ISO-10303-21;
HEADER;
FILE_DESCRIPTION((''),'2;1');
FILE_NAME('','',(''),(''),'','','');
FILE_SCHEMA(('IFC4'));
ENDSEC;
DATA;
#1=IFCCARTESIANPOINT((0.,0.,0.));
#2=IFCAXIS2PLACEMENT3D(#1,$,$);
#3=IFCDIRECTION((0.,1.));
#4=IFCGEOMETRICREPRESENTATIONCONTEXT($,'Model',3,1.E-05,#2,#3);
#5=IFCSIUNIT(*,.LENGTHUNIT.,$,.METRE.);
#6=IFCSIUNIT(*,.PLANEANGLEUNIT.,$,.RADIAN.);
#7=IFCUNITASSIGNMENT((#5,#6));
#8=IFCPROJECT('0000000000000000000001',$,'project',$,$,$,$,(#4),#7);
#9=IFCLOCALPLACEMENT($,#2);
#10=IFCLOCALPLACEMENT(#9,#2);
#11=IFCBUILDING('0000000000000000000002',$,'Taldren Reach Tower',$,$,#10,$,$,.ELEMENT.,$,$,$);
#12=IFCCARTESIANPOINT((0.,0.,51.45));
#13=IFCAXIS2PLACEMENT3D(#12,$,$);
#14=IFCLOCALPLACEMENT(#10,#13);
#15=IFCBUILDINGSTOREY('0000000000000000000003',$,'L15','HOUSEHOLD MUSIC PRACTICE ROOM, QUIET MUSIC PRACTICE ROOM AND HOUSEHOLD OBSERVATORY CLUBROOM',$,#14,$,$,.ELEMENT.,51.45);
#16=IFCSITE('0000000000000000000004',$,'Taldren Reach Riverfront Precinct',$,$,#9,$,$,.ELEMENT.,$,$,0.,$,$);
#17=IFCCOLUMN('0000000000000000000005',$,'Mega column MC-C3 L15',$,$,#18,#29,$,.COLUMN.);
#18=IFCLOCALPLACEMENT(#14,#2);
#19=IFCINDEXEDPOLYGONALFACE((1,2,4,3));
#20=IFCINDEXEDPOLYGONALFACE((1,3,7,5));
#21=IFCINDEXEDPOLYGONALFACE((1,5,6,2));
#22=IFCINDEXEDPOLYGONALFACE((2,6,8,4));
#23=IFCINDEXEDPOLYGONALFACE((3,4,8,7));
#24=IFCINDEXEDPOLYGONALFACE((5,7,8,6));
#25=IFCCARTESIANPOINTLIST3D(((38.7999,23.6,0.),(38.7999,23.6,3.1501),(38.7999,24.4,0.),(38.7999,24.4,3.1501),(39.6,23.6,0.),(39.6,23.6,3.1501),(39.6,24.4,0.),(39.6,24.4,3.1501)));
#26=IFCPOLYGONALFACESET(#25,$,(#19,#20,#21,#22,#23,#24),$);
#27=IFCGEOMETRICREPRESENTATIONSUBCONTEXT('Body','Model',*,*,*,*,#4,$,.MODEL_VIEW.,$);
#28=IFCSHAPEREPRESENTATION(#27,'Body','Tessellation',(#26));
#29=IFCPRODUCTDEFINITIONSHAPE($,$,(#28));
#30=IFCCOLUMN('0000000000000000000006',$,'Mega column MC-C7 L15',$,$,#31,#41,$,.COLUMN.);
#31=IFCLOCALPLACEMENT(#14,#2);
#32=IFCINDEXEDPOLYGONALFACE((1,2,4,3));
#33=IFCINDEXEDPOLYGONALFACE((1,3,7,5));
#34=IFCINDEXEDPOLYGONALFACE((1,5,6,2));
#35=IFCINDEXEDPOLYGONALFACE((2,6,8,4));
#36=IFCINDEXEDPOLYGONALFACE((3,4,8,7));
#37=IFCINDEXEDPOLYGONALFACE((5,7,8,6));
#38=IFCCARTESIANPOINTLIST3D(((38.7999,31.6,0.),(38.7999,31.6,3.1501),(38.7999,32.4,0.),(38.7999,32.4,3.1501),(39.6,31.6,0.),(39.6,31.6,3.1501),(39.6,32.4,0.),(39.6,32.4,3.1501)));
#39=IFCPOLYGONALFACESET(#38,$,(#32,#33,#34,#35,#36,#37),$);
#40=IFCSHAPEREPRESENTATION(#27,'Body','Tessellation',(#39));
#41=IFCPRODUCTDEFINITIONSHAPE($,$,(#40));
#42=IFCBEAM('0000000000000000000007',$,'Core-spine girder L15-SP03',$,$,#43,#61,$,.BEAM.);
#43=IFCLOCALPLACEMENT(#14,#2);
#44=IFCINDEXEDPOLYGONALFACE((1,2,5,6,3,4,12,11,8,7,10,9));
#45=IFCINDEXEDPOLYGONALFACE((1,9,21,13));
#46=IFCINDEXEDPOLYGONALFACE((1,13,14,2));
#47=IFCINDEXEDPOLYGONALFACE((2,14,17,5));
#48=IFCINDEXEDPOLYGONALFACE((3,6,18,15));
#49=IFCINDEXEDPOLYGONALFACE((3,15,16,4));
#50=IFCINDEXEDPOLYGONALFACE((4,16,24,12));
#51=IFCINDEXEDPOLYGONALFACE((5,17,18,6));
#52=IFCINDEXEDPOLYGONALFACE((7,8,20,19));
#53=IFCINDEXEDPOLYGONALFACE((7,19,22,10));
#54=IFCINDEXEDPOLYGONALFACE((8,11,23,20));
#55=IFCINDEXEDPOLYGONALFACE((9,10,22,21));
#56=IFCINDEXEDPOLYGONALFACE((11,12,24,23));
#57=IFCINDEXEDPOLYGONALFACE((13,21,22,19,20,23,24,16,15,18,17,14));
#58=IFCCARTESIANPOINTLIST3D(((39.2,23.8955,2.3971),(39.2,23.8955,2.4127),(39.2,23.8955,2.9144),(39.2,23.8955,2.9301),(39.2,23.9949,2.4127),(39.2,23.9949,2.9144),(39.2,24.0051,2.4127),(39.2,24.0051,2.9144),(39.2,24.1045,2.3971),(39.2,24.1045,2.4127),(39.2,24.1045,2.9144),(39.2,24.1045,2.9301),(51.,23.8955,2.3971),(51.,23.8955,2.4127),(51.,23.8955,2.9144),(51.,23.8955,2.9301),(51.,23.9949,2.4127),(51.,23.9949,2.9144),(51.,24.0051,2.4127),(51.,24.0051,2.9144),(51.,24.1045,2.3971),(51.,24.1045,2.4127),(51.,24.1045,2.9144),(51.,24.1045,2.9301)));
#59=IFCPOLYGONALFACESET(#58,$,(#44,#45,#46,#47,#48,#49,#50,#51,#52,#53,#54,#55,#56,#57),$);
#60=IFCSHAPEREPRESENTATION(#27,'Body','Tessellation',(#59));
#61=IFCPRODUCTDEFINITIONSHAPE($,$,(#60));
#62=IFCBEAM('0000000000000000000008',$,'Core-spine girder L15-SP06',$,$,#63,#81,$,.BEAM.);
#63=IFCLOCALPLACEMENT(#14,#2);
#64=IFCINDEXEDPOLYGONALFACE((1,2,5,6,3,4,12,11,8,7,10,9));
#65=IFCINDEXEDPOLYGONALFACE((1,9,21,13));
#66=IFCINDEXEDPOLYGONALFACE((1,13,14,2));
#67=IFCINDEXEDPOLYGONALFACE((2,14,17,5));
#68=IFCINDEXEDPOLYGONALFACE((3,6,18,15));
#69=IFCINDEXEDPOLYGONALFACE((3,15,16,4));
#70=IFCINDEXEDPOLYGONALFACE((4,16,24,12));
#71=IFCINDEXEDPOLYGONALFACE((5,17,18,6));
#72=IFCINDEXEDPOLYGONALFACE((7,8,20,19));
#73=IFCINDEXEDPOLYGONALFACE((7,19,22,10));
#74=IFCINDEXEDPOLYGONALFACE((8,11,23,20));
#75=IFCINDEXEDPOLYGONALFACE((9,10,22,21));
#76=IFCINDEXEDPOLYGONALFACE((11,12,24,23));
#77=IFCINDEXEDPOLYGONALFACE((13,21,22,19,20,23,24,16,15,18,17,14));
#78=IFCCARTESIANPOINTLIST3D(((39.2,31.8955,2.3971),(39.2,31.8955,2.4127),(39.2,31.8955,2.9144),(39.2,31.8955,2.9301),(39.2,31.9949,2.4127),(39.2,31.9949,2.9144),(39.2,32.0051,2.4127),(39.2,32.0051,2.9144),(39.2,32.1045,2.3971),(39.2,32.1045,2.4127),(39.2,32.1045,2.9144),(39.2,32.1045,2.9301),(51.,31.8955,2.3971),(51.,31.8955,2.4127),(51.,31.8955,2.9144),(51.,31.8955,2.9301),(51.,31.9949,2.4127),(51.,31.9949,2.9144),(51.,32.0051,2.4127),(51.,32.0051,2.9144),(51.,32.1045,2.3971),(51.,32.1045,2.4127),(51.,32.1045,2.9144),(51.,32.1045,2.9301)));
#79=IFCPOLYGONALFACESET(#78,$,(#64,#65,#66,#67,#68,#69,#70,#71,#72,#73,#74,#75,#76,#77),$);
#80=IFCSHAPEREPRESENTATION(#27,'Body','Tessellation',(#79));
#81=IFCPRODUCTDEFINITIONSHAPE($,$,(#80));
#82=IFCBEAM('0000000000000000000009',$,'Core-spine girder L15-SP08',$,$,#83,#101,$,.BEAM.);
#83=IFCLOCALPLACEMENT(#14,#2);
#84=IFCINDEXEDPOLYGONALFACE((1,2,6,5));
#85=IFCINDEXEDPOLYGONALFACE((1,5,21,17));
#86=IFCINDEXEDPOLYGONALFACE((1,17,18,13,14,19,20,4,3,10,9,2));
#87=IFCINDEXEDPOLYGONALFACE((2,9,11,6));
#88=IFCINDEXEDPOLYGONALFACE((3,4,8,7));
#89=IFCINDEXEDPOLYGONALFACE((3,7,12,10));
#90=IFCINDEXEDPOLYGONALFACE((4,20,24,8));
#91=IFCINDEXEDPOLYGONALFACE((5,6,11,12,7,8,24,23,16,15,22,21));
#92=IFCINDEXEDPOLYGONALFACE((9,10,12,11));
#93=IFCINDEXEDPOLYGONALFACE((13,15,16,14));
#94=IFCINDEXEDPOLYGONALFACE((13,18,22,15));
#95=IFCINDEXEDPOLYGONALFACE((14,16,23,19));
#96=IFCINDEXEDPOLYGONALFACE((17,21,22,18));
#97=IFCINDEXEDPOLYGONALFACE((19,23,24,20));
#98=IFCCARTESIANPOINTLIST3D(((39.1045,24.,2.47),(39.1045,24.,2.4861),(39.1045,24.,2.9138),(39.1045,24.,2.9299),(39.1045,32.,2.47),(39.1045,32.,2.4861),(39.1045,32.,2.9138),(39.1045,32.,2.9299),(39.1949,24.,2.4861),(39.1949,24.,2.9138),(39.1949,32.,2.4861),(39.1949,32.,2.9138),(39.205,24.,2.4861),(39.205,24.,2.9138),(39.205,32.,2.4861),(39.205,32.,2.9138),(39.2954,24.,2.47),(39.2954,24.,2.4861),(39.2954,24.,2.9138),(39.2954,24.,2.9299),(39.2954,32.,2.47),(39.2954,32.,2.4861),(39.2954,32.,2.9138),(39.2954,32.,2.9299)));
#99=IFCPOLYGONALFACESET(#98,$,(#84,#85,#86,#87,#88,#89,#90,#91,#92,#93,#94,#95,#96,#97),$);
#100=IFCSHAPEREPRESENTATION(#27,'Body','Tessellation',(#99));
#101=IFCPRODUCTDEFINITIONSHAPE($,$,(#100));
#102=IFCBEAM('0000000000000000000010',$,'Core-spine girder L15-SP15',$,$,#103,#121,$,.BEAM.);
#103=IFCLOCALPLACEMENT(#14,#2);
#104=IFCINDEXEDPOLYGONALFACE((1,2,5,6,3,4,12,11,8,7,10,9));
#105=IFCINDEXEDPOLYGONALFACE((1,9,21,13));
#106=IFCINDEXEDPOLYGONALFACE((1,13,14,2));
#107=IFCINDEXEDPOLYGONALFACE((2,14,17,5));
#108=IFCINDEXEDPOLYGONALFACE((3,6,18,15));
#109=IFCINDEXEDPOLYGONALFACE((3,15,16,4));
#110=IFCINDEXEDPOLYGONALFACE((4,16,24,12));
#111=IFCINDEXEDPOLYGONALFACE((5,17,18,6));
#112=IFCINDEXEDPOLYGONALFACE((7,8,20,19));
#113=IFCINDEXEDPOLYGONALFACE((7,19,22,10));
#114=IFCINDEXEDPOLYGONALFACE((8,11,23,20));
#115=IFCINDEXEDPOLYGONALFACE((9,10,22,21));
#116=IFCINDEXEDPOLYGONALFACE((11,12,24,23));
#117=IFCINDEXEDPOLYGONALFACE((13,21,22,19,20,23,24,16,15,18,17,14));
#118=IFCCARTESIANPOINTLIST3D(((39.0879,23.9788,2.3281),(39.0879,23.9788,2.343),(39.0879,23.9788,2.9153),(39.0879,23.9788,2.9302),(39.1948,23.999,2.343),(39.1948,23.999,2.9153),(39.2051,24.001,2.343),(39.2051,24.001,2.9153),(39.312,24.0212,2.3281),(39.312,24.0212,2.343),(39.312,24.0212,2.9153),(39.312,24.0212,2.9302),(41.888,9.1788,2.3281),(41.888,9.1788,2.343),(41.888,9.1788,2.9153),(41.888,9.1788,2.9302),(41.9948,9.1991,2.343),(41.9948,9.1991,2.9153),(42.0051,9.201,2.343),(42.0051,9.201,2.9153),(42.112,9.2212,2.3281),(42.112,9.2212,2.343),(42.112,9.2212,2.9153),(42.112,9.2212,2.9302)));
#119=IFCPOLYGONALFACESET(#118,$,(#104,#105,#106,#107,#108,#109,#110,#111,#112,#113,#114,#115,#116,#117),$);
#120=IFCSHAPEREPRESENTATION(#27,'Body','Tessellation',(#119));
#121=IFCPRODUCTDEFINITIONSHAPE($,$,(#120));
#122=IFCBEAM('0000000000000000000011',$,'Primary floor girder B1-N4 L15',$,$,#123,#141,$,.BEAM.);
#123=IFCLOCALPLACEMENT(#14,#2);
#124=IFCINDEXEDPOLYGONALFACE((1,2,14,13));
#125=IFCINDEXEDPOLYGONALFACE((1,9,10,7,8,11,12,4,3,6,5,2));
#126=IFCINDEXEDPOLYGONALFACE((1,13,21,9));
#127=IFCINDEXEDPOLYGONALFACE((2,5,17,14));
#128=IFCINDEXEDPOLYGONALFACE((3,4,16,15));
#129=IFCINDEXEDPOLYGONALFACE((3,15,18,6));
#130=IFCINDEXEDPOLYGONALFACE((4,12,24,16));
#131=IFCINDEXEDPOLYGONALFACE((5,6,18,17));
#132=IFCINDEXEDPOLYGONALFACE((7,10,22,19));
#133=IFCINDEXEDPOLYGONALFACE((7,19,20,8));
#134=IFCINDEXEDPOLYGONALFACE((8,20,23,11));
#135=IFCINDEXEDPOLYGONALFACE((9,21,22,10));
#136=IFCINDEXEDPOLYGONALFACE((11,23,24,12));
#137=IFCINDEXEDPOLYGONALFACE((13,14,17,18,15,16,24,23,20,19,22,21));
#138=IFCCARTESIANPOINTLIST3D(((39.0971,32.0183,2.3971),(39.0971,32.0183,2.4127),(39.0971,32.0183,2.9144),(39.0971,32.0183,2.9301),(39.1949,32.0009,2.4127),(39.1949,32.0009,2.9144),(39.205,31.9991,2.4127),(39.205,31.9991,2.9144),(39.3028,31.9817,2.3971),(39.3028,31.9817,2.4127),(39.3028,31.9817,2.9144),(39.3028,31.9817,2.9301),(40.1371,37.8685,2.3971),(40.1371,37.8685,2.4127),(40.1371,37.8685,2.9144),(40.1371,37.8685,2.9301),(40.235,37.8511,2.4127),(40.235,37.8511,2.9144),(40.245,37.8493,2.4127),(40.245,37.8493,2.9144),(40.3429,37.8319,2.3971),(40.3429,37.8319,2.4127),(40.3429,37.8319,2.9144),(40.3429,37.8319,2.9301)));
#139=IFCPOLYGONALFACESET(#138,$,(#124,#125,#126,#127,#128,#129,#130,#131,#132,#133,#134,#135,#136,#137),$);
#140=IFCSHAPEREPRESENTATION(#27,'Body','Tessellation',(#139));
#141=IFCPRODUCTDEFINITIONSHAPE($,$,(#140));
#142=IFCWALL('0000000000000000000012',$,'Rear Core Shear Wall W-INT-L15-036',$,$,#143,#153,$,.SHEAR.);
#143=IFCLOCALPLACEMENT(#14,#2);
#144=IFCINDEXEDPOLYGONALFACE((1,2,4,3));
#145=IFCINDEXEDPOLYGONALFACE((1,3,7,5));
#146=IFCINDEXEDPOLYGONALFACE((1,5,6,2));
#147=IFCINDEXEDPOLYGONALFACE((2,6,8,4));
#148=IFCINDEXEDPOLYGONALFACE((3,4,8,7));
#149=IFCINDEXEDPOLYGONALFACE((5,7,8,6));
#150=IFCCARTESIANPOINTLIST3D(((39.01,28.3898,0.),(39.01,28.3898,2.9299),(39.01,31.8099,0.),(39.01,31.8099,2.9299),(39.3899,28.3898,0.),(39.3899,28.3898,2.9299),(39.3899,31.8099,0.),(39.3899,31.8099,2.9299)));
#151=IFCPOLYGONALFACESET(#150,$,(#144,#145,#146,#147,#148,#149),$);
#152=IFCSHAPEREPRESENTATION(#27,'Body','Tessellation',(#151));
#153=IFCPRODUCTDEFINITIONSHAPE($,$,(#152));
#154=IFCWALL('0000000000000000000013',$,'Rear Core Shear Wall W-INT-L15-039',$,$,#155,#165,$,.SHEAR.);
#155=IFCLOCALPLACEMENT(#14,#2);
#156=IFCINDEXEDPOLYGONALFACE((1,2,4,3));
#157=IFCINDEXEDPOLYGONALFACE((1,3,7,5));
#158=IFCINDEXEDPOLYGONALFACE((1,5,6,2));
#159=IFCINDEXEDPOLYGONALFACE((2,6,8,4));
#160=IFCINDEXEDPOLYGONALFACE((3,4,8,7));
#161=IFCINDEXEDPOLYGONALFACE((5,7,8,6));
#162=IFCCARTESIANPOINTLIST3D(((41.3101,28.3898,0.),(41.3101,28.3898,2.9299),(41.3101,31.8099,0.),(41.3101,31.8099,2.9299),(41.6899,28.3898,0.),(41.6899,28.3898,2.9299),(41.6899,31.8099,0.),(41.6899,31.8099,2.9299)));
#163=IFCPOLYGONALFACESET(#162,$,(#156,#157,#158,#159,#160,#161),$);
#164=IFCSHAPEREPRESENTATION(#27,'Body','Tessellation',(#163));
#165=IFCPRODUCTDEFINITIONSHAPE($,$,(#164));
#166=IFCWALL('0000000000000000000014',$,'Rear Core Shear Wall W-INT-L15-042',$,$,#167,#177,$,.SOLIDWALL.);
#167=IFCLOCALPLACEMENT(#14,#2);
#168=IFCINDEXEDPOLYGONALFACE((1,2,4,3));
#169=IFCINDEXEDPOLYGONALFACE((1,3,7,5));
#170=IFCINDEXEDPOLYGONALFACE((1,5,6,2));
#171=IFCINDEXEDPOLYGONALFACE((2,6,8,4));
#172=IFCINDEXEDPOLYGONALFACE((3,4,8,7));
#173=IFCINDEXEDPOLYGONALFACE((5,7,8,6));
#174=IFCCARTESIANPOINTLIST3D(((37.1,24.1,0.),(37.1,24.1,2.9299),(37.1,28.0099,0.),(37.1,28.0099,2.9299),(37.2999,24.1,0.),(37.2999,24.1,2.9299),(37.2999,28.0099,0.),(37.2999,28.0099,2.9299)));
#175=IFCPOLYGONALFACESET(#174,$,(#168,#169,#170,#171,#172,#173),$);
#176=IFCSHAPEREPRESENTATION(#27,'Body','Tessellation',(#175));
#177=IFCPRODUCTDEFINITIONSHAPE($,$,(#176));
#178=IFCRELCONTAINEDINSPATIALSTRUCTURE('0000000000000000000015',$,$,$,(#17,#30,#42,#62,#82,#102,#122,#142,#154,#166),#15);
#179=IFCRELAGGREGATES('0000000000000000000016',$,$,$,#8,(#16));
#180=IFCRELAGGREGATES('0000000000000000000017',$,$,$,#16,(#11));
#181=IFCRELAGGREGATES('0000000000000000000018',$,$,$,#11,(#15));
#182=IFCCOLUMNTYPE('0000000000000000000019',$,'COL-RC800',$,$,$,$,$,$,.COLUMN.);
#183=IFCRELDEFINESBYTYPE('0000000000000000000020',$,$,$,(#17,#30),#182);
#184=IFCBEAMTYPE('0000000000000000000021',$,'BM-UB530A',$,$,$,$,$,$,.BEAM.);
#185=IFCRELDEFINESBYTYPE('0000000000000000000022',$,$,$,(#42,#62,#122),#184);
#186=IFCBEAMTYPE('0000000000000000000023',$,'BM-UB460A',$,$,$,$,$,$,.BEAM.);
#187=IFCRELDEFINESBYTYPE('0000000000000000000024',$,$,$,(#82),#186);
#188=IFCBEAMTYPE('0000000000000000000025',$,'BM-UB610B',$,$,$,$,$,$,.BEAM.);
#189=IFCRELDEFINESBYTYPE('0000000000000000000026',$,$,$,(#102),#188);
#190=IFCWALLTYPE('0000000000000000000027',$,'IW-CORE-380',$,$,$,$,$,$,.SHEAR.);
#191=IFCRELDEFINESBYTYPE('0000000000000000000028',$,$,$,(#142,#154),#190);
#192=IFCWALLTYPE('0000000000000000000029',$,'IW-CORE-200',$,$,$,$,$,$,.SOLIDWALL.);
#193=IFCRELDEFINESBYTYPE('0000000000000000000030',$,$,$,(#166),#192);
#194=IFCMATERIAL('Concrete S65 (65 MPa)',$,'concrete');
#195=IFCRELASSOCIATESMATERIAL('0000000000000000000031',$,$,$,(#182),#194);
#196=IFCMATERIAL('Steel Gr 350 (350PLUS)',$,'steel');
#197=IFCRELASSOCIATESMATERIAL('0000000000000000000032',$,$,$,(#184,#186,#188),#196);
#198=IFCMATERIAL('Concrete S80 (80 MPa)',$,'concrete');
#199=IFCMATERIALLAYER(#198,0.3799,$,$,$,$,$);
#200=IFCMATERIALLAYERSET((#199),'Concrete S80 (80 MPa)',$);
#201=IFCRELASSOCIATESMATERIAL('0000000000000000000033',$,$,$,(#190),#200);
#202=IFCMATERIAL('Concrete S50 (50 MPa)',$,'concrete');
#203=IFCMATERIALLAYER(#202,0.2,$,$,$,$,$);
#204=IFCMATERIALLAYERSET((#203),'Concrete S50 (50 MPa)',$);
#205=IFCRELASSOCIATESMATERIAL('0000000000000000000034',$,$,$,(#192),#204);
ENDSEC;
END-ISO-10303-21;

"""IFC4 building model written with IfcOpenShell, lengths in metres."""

from ifc_helpers import new_model, si_unit, direction, frame, frame_2d, origin, origin_2d, place, context, subcontext, project, spatial, rectangle, i_section, extrude, source, transform, mapped, material, layer, layer_set, material_profile, profile_set, type_object, element, save


model = new_model("IFC4")

# Units and contexts
model_context = context("Model", 3, precision=1e-05, world=origin(), true_north=direction((0.0, 1.0)))
body_context = subcontext(model_context, "Body", "Model", "MODEL_VIEW")
ifc_project = project(units=[si_unit("LENGTHUNIT", "METRE"), si_unit("PLANEANGLEUNIT", "RADIAN")], contexts=[model_context])

# Site, building, storey
site_placement = place(None, origin())
site = spatial("IfcSite", under=ifc_project, at=site_placement, Name="Taldren Reach Riverfront Precinct", CompositionType="ELEMENT", RefElevation=0.0)
building_placement = place(site_placement, origin())
building = spatial("IfcBuilding", under=site, at=building_placement, Name="Taldren Reach Tower", CompositionType="ELEMENT")
storey_placement = place(building_placement, frame((0.0, 0.0, 51.45)))
storey = spatial("IfcBuildingStorey", under=building, at=storey_placement, Name="L15", Description="HOUSEHOLD MUSIC PRACTICE ROOM, QUIET MUSIC PRACTICE ROOM AND HOUSEHOLD OBSERVATORY CLUBROOM", CompositionType="ELEMENT", Elevation=51.45)

# Columns
ifc_material_1 = material(Name="Concrete S65 (65 MPa)", Category="concrete")
ifc_material_profile_1 = material_profile(ifc_material_1, rectangle(XDim=0.8, YDim=0.8, at=origin_2d()), Name="RC-800x800")
ifc_profile_set_1 = profile_set([ifc_material_profile_1], Name="Concrete S65 (65 MPa)")
column_type = type_object("IfcColumnType", Name="COL-RC800", PredefinedType="COLUMN", material=ifc_profile_set_1)
shared_shape_1 = source(origin(), body_context, "Body", "SweptSolid", [
    extrude(rectangle(XDim=0.8, YDim=0.8, at=origin_2d()), origin(), (0.0, 0.0, 1.0), 3.1501),
])
for number, where, z_axis, x_axis, name in (
    (1, (39.2, 24.0, 0.0), (0.0, 0.0, 1.0), (1.0, 0.0, 0.0), "Mega column MC-C3 L15"),
    (2, (39.2, 32.0, 0.0), (0.0, 0.0, 1.0), (1.0, 0.0, 0.0), "Mega column MC-C7 L15"),
):
    element("IfcColumn", number, at=place(storey_placement, frame(where, z_axis=z_axis, x_axis=x_axis)), inside=storey, type_object=column_type, Name=name, PredefinedType="COLUMN", context=body_context, shape_type="MappedRepresentation", body=[
        mapped(shared_shape_1, transform((0.0, 0.0, 0.0), scale=1.0)),
    ])

# Beams
ifc_material_2 = material(Name="Steel Gr 350 (350PLUS)", Category="steel")
ifc_material_profile_2 = material_profile(ifc_material_2, i_section(OverallWidth=0.209, OverallDepth=0.533, WebThickness=0.0103, FlangeThickness=0.0156, at=origin_2d()), Name="530UB92.4")
ifc_profile_set_2 = profile_set([ifc_material_profile_2], Name="Steel Gr 350 (350PLUS)")
beam_type_1 = type_object("IfcBeamType", Name="BM-UB530A", PredefinedType="BEAM", material=ifc_profile_set_2)
shared_shape_2 = source(origin(), body_context, "Body", "SweptSolid", [
    extrude(i_section(OverallWidth=0.209, OverallDepth=0.533, WebThickness=0.0103, FlangeThickness=0.0156, at=origin_2d()), origin(), (0.0, 0.0, 1.0), 11.8),
])
for number, where, z_axis, x_axis, name in (
    (3, (39.2, 24.0, 2.6636), (1.0, 0.0, 0.0), (0.0, 1.0, 0.0), "Core-spine girder L15-SP03"),
    (4, (39.2, 32.0, 2.6636), (1.0, 0.0, 0.0), (0.0, 1.0, 0.0), "Core-spine girder L15-SP06"),
):
    element("IfcBeam", number, at=place(storey_placement, frame(where, z_axis=z_axis, x_axis=x_axis)), inside=storey, type_object=beam_type_1, Name=name, PredefinedType="BEAM", context=body_context, shape_type="MappedRepresentation", body=[
        mapped(shared_shape_2, transform((0.0, 0.0, 0.0), scale=1.0)),
    ])
ifc_material_profile_3 = material_profile(ifc_material_2, i_section(OverallWidth=0.1909, OverallDepth=0.46, WebThickness=0.01, FlangeThickness=0.0161, at=origin_2d()), Name="460UB82.1")
ifc_profile_set_3 = profile_set([ifc_material_profile_3], Name="Steel Gr 350 (350PLUS)")
beam_type_2 = type_object("IfcBeamType", Name="BM-UB460A", PredefinedType="BEAM", material=ifc_profile_set_3)
shared_shape_3 = source(origin(), body_context, "Body", "SweptSolid", [
    extrude(i_section(OverallWidth=0.1909, OverallDepth=0.46, WebThickness=0.01, FlangeThickness=0.0161, at=origin_2d()), origin(), (0.0, 0.0, 1.0), 8.0),
])
beam_1_placement = place(storey_placement, frame((39.2, 24.0, 2.7), z_axis=(0.0, 1.0, 0.0), x_axis=(-1.0, 0.0, 0.0)))
element("IfcBeam", 5, at=beam_1_placement, inside=storey, type_object=beam_type_2, Name="Core-spine girder L15-SP08", PredefinedType="BEAM", context=body_context, shape_type="MappedRepresentation", body=[
    mapped(shared_shape_3, transform((0.0, 0.0, 0.0), scale=1.0)),
])
ifc_material_profile_4 = material_profile(ifc_material_2, i_section(OverallWidth=0.228, OverallDepth=0.6021, WebThickness=0.0105, FlangeThickness=0.0149, at=origin_2d()), Name="610UB101")
ifc_profile_set_4 = profile_set([ifc_material_profile_4], Name="Steel Gr 350 (350PLUS)")
beam_type_3 = type_object("IfcBeamType", Name="BM-UB610B", PredefinedType="BEAM", material=ifc_profile_set_4)
shared_shape_4 = source(origin(), body_context, "Body", "SweptSolid", [
    extrude(i_section(OverallWidth=0.228, OverallDepth=0.6021, WebThickness=0.0105, FlangeThickness=0.0149, at=origin_2d()), origin(), (0.0, 0.0, 1.0), 15.0625),
])
beam_2_placement = place(storey_placement, frame((39.2, 24.0, 2.6292), z_axis=(0.185894, -0.98257, 0.0), x_axis=(0.98257, 0.185894, 0.0)))
element("IfcBeam", 6, at=beam_2_placement, inside=storey, type_object=beam_type_3, Name="Core-spine girder L15-SP15", PredefinedType="BEAM", context=body_context, shape_type="MappedRepresentation", body=[
    mapped(shared_shape_4, transform((0.0, 0.0, 0.0), scale=1.0)),
])
shared_shape_5 = source(origin(), body_context, "Body", "SweptSolid", [
    extrude(i_section(OverallWidth=0.209, OverallDepth=0.533, WebThickness=0.0103, FlangeThickness=0.0156, at=origin_2d()), origin(), (0.0, 0.0, 1.0), 5.9419),
])
beam_3_placement = place(storey_placement, frame((39.2, 32.0, 2.6636), z_axis=(0.175037, 0.984562, 0.0), x_axis=(-0.984562, 0.175037, 0.0)))
element("IfcBeam", 7, at=beam_3_placement, inside=storey, type_object=beam_type_1, Name="Primary floor girder B1-N4 L15", PredefinedType="BEAM", context=body_context, shape_type="MappedRepresentation", body=[
    mapped(shared_shape_5, transform((0.0, 0.0, 0.0), scale=1.0)),
])

# Walls
ifc_material_3 = material(Name="Concrete S80 (80 MPa)", Category="concrete")
ifc_layer_1 = layer(ifc_material_3, 0.3799)
ifc_layer_set_1 = layer_set([ifc_layer_1], Name="Concrete S80 (80 MPa)")
wall_type_1 = type_object("IfcWallType", Name="IW-CORE-380", PredefinedType="SHEAR", material=ifc_layer_set_1)
shared_shape_6 = source(origin(), body_context, "Body", "SweptSolid", [
    extrude(rectangle(XDim=3.4202, YDim=0.3799, at=frame_2d((1.71, 0.0))), origin(), (0.0, 0.0, 1.0), 2.9299),
])
for number, where, z_axis, x_axis, name in (
    (8, (39.2, 28.3899, 0.0), (0.0, 0.0, 1.0), (0.0, 1.0, 0.0), "Rear Core Shear Wall W-INT-L15-036"),
    (9, (41.5, 28.3899, 0.0), (0.0, 0.0, 1.0), (0.0, 1.0, 0.0), "Rear Core Shear Wall W-INT-L15-039"),
):
    element("IfcWall", number, at=place(storey_placement, frame(where, z_axis=z_axis, x_axis=x_axis)), inside=storey, type_object=wall_type_1, Name=name, PredefinedType="SHEAR", context=body_context, shape_type="MappedRepresentation", body=[
        mapped(shared_shape_6, transform((0.0, 0.0, 0.0), scale=1.0)),
    ])
ifc_material_4 = material(Name="Concrete S50 (50 MPa)", Category="concrete")
ifc_layer_2 = layer(ifc_material_4, 0.2)
ifc_layer_set_2 = layer_set([ifc_layer_2], Name="Concrete S50 (50 MPa)")
wall_type_2 = type_object("IfcWallType", Name="IW-CORE-200", PredefinedType="SOLIDWALL", material=ifc_layer_set_2)
shared_shape_7 = source(origin(), body_context, "Body", "SweptSolid", [
    extrude(rectangle(XDim=3.9099, YDim=0.2, at=frame_2d((1.9551, 0.0))), origin(), (0.0, 0.0, 1.0), 2.9299),
])
wall_1_placement = place(storey_placement, frame((37.2, 28.01, 0.0), z_axis=(0.0, 0.0, 1.0), x_axis=(0.0, -1.0, 0.0)))
element("IfcWall", 10, at=wall_1_placement, inside=storey, type_object=wall_type_2, Name="Rear Core Shear Wall W-INT-L15-042", PredefinedType="SOLIDWALL", context=body_context, shape_type="MappedRepresentation", body=[
    mapped(shared_shape_7, transform((0.0, 0.0, 0.0), scale=1.0)),
])

save(model, "model.ifc")
